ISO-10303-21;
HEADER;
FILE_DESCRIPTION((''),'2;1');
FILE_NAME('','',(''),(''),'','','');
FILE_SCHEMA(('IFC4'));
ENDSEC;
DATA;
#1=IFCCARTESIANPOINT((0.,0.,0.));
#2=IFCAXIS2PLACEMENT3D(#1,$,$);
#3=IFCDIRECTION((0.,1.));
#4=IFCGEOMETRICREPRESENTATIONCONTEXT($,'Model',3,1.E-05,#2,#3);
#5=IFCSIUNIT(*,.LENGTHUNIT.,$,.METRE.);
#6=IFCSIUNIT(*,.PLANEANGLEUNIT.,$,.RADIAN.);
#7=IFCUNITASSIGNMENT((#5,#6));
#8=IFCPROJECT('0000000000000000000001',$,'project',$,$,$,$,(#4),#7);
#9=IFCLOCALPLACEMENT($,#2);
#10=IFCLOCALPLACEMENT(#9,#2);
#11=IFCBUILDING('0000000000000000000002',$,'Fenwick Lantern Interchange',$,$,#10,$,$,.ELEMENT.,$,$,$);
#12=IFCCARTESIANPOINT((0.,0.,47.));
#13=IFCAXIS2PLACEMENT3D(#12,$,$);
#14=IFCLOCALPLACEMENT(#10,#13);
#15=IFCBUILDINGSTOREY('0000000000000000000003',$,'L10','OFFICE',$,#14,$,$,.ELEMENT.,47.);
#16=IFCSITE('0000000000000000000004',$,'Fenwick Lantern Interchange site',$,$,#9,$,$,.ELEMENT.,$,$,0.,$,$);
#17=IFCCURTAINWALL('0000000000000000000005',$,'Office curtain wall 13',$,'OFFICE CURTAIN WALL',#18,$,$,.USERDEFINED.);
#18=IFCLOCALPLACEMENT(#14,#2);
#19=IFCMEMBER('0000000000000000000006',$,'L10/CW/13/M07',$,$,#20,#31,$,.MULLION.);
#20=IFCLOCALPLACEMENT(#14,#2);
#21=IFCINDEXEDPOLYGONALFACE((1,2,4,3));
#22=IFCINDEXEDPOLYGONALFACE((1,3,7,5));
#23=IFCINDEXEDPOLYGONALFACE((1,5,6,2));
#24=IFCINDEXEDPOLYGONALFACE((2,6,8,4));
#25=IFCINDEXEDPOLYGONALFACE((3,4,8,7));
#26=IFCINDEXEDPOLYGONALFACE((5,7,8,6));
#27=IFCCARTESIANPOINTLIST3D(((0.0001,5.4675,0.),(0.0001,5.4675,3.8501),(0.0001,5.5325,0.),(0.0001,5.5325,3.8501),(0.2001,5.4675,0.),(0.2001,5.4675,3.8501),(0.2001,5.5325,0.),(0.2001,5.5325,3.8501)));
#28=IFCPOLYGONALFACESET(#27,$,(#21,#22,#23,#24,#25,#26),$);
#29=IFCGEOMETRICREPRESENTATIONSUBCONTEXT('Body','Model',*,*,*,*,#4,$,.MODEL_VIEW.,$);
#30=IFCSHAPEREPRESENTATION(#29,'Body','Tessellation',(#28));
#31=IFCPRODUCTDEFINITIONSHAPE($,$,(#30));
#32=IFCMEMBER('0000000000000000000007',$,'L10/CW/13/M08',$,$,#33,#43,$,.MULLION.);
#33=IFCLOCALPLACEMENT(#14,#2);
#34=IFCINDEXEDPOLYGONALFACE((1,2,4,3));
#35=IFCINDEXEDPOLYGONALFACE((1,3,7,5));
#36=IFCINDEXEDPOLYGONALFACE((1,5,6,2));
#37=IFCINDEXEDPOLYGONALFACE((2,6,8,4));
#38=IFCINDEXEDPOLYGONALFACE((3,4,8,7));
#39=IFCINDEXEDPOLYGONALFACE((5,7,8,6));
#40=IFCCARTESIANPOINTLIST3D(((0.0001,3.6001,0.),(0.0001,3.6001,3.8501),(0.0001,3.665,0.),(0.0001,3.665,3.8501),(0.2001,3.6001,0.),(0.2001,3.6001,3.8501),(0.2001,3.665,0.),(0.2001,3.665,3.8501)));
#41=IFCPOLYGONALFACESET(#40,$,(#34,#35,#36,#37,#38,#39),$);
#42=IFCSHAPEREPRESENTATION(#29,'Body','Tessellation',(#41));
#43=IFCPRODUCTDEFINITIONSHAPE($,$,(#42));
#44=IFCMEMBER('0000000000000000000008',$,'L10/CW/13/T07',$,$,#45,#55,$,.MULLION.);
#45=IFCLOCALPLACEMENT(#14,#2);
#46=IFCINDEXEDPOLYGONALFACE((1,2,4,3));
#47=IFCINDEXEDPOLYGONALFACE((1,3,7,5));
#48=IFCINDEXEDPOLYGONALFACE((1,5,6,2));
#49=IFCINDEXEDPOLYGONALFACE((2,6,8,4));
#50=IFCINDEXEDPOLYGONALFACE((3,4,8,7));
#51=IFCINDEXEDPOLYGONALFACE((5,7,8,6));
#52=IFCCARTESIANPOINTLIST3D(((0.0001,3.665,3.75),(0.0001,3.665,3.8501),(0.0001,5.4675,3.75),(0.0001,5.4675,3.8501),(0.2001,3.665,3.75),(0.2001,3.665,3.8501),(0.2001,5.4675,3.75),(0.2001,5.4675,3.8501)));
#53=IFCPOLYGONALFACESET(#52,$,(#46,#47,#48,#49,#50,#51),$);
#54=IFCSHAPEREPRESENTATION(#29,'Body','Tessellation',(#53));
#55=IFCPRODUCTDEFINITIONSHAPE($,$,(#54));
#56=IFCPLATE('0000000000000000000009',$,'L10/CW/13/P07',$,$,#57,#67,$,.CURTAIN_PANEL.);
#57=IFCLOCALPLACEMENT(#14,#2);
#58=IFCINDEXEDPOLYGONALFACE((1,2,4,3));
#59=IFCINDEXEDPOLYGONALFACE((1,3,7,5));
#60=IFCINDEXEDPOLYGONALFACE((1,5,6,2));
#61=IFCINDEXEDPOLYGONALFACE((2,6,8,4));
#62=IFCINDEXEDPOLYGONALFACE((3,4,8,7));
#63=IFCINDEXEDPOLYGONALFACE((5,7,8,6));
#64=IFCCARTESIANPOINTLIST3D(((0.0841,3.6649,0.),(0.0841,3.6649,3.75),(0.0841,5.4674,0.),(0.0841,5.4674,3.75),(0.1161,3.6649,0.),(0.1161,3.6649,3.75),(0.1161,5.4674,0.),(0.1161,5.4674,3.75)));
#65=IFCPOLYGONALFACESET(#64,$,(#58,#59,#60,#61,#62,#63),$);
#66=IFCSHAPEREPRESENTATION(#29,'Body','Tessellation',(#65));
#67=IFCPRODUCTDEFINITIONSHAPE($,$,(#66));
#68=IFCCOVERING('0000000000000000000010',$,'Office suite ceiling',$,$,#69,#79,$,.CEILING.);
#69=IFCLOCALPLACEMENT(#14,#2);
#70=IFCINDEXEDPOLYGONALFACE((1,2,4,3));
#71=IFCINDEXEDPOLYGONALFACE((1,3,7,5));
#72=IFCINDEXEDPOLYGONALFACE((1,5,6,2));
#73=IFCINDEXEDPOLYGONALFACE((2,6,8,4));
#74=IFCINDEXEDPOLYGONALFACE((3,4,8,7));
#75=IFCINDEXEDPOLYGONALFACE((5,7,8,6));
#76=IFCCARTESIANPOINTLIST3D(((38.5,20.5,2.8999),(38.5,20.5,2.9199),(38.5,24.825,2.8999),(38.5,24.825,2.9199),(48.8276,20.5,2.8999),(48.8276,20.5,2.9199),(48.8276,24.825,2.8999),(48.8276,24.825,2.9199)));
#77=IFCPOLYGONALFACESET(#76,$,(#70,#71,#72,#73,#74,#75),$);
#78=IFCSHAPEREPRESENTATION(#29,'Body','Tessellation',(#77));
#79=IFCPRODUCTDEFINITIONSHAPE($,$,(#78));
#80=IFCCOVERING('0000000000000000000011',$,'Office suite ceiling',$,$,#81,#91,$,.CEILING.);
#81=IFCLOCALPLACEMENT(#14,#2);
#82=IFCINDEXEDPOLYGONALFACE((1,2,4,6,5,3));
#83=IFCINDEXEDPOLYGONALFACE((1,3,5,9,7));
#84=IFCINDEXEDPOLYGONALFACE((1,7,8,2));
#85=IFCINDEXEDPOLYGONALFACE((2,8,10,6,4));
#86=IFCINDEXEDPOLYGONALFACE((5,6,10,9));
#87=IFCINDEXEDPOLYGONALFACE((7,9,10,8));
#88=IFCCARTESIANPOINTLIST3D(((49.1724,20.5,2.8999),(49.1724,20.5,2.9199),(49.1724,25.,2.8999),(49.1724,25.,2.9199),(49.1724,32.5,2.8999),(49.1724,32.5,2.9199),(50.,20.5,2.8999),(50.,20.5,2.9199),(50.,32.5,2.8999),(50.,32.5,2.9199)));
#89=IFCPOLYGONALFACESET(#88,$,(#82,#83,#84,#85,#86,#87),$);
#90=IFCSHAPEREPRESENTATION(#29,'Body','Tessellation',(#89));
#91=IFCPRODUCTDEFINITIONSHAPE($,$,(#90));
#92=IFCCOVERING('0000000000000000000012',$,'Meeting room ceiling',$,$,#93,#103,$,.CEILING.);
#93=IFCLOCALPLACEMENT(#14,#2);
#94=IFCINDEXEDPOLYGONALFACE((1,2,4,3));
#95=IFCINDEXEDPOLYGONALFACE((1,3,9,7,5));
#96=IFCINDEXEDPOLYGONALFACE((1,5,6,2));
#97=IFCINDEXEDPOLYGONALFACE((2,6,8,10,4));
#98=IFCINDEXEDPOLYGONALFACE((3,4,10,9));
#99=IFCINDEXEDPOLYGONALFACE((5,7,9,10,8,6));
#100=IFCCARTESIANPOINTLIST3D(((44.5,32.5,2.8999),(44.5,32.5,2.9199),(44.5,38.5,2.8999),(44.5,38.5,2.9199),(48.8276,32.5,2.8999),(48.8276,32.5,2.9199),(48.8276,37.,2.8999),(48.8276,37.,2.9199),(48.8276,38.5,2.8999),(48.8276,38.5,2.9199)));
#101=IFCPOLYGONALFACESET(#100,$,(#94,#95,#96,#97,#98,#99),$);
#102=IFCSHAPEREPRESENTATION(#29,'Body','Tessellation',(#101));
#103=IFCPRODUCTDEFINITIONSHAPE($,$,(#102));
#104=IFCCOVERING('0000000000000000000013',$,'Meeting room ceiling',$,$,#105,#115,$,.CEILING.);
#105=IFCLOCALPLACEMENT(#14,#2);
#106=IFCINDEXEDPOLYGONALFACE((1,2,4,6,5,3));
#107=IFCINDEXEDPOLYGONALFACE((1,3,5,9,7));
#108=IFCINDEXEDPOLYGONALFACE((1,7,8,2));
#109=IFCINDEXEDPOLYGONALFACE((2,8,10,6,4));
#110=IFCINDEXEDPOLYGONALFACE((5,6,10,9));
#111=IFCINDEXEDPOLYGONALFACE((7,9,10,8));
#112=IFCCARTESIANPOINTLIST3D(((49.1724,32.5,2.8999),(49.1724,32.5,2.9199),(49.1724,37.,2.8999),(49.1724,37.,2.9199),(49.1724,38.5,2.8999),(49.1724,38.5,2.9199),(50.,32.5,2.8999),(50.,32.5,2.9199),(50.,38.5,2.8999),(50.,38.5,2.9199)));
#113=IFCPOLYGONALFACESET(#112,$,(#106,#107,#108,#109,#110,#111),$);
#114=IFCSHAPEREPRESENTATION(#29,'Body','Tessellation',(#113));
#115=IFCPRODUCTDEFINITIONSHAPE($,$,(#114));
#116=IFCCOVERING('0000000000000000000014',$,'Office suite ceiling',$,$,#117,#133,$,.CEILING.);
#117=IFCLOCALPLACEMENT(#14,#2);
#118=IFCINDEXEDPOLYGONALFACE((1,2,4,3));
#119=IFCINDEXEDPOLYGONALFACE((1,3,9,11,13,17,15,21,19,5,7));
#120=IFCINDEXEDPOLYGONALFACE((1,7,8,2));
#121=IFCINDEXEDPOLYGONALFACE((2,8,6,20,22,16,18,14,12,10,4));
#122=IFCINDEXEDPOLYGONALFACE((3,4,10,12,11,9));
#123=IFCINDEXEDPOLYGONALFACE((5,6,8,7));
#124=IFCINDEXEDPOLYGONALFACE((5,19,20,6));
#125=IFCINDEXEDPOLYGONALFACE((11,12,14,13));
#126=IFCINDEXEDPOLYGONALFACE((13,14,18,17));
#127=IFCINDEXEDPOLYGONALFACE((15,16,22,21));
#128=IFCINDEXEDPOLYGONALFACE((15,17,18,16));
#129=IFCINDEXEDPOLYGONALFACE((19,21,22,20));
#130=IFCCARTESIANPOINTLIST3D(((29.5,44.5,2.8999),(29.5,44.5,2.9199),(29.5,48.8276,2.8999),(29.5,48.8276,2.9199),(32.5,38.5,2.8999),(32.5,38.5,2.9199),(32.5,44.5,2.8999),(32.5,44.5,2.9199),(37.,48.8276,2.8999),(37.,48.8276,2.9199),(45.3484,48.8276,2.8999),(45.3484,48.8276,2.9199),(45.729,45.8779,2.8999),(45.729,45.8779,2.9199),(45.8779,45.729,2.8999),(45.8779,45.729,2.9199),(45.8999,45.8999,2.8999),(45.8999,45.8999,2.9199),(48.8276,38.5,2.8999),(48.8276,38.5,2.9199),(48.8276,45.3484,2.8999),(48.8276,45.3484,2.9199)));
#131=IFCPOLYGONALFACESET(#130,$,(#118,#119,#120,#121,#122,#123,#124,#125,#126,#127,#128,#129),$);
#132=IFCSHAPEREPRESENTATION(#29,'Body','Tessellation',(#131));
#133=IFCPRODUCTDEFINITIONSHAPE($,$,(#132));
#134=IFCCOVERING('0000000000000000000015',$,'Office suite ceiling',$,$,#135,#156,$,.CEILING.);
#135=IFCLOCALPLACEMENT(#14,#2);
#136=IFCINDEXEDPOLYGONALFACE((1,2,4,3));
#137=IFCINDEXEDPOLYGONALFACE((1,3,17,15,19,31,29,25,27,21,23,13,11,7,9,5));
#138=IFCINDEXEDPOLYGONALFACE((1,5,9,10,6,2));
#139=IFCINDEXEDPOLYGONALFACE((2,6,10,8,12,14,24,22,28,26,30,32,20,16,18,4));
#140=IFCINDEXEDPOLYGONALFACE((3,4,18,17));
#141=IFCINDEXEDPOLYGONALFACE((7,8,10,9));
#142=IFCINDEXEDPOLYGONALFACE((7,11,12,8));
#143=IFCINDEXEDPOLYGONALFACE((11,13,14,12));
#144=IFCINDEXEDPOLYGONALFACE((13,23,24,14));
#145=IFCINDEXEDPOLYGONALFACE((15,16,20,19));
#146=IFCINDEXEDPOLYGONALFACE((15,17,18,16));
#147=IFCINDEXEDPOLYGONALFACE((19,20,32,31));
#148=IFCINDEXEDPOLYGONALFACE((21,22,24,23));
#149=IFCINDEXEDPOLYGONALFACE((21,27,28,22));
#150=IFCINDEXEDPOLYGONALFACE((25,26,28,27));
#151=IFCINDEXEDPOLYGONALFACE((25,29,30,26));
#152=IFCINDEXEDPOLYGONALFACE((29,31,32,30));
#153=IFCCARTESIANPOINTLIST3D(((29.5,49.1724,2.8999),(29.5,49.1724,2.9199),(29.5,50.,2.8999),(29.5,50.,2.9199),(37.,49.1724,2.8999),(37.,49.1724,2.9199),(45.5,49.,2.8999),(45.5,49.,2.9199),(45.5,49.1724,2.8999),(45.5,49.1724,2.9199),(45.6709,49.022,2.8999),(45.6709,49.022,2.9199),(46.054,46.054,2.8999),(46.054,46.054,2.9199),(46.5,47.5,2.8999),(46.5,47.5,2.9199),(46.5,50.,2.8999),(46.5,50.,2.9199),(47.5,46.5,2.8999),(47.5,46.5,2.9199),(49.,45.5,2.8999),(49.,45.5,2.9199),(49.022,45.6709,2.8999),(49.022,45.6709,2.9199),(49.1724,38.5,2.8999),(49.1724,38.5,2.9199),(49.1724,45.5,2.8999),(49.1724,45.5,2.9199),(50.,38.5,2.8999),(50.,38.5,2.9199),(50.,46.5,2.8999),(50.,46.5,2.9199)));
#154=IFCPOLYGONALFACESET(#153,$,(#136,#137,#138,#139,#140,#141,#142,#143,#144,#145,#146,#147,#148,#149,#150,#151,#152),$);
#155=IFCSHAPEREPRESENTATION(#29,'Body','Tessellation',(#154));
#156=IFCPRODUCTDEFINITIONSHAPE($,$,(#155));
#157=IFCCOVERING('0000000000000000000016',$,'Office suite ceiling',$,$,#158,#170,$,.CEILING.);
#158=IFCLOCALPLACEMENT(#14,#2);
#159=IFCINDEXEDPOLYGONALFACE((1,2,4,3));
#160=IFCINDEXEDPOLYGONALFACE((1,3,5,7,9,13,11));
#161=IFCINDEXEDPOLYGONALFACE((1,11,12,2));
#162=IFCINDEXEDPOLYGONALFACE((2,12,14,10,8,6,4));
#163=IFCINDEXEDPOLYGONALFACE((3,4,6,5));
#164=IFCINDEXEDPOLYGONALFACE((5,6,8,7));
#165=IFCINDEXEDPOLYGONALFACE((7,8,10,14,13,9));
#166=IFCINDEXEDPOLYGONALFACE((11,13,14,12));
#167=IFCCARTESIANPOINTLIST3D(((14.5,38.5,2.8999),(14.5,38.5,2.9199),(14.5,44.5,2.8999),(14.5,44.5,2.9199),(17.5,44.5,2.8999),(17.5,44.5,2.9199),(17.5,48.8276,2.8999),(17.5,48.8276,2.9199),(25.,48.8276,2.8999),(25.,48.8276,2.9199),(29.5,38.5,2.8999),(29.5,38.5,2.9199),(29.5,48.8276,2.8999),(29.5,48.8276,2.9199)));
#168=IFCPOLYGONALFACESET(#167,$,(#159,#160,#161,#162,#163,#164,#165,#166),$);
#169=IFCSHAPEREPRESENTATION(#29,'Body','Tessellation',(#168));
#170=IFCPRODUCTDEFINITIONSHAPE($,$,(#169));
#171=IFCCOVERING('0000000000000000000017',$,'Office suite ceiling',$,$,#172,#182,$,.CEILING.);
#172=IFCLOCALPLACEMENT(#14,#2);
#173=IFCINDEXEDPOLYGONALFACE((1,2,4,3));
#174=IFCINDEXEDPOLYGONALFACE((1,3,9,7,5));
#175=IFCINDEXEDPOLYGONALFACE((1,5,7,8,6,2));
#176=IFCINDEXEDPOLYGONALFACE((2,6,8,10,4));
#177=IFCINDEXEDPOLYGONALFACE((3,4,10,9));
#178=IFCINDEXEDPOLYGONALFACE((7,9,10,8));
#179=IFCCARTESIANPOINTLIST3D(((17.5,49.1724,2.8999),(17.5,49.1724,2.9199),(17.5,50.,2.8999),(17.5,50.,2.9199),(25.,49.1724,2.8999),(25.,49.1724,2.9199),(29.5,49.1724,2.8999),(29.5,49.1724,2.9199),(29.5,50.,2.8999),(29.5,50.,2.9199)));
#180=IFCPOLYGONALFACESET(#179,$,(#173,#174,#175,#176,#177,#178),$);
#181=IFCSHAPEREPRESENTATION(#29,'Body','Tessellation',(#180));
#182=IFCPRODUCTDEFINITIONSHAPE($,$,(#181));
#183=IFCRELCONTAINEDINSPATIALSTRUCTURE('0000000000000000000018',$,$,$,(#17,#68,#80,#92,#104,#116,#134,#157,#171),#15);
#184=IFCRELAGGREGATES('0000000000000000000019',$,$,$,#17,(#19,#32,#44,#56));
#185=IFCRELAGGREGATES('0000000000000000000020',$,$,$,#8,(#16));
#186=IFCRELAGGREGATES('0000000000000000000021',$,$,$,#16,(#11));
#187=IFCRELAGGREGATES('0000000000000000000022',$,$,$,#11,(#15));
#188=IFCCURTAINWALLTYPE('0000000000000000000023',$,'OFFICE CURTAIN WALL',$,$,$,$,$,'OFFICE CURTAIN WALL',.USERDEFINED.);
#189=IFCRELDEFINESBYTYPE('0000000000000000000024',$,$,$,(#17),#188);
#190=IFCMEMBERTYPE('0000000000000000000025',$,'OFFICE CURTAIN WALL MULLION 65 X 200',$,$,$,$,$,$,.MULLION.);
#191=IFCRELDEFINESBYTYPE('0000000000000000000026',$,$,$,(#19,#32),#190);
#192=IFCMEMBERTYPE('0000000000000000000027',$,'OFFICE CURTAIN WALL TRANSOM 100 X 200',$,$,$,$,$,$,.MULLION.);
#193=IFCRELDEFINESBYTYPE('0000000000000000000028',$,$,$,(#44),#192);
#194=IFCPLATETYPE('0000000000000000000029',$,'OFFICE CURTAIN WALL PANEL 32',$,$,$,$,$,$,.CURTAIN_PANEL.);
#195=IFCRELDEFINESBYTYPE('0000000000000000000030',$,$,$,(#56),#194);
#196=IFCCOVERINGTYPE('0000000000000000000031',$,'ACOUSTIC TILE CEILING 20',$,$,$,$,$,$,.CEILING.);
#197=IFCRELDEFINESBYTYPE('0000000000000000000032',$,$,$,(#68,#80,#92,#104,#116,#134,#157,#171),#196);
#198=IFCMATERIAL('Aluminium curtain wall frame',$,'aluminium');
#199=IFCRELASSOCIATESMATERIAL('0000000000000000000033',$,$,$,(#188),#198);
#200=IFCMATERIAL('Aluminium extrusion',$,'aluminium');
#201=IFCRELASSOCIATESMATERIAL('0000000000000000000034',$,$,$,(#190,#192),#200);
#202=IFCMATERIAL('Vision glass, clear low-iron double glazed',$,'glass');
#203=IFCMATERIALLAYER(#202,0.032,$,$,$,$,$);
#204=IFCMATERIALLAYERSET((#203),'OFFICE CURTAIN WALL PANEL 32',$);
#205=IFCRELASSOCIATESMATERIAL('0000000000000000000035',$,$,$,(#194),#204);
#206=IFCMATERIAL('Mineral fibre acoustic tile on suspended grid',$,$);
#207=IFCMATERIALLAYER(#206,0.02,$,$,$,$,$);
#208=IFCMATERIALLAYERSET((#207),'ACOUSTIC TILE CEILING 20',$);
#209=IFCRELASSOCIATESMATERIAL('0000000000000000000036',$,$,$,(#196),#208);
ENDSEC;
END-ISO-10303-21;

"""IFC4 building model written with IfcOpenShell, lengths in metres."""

from ifc_helpers import new_model, si_unit, direction, frame, origin, origin_2d, place, context, subcontext, project, spatial, polyline, rectangle, outline, extrude, material, layer, layer_set, material_profile, profile_set, type_object, element, aggregate, save


model = new_model("IFC4")

# Units and contexts
model_context = context("Model", 3, precision=1e-05, world=origin(), true_north=direction((0.0, 1.0)))
body_context = subcontext(model_context, "Body", "Model", "MODEL_VIEW")
ifc_project = project(units=[si_unit("LENGTHUNIT", "METRE"), si_unit("PLANEANGLEUNIT", "RADIAN")], contexts=[model_context])

# Site, building, storey
site_placement = place(None, origin())
site = spatial("IfcSite", under=ifc_project, at=site_placement, Name="Fenwick Lantern Interchange site", CompositionType="ELEMENT", RefElevation=0.0)
building_placement = place(site_placement, origin())
building = spatial("IfcBuilding", under=site, at=building_placement, Name="Fenwick Lantern Interchange", CompositionType="ELEMENT")
storey_placement = place(building_placement, frame((0.0, 0.0, 47.0)))
storey = spatial("IfcBuildingStorey", under=building, at=storey_placement, Name="L10", Description="OFFICE", CompositionType="ELEMENT", Elevation=47.0)

# Curtain wall, members, plate
ifc_material_1 = material(Name="Aluminium curtain wall frame", Category="aluminium")
curtain_wall_type = type_object("IfcCurtainWallType", Name="OFFICE CURTAIN WALL", ElementType="OFFICE CURTAIN WALL", PredefinedType="USERDEFINED", material=ifc_material_1)
curtain_wall_placement = place(storey_placement, origin())
curtain_wall = element("IfcCurtainWall", 1, at=curtain_wall_placement, inside=storey, type_object=curtain_wall_type, Name="Office curtain wall 13", ObjectType="OFFICE CURTAIN WALL", PredefinedType="USERDEFINED")
ifc_material_2 = material(Name="Aluminium extrusion", Category="aluminium")
ifc_material_profile_1 = material_profile(ifc_material_2, rectangle(XDim=0.2, YDim=0.0649, at=origin_2d()), Name="OFFICE CURTAIN WALL MULLION 65 X 200")
ifc_profile_set_1 = profile_set([ifc_material_profile_1], Name="Aluminium extrusion")
member_type_1 = type_object("IfcMemberType", Name="OFFICE CURTAIN WALL MULLION 65 X 200", PredefinedType="MULLION", material=ifc_profile_set_1)
member_1_placement = place(storey_placement, frame((0.1001, 5.5, 0.0), z_axis=(0.0, 0.0, 1.0), x_axis=(1.0, 0.0, 0.0)))
member_1 = element("IfcMember", 2, at=member_1_placement, type_object=member_type_1, Name="L10/CW/13/M07", PredefinedType="MULLION", context=body_context, shape_type="SweptSolid", body=[
    extrude(rectangle(XDim=0.2, YDim=0.0649, at=origin_2d()), origin(), (0.0, 0.0, 1.0), 3.8501),
])
member_2_placement = place(storey_placement, frame((0.1001, 3.6326, 0.0), z_axis=(0.0, 0.0, 1.0), x_axis=(1.0, 0.0, 0.0)))
member_2 = element("IfcMember", 3, at=member_2_placement, type_object=member_type_1, Name="L10/CW/13/M08", PredefinedType="MULLION", context=body_context, shape_type="SweptSolid", body=[
    extrude(rectangle(XDim=0.2, YDim=0.0649, at=origin_2d()), origin(), (0.0, 0.0, 1.0), 3.8501),
])
ifc_material_profile_2 = material_profile(ifc_material_2, rectangle(XDim=0.2, YDim=0.1001, at=origin_2d()), Name="OFFICE CURTAIN WALL TRANSOM 100 X 200")
ifc_profile_set_2 = profile_set([ifc_material_profile_2], Name="Aluminium extrusion")
member_type_2 = type_object("IfcMemberType", Name="OFFICE CURTAIN WALL TRANSOM 100 X 200", PredefinedType="MULLION", material=ifc_profile_set_2)
member_3_placement = place(storey_placement, frame((0.1001, 5.4675, 3.8), z_axis=(0.0, -1.0, 0.0), x_axis=(1.0, 0.0, 0.0)))
member_3 = element("IfcMember", 4, at=member_3_placement, type_object=member_type_2, Name="L10/CW/13/T07", PredefinedType="MULLION", context=body_context, shape_type="SweptSolid", body=[
    extrude(rectangle(XDim=0.2, YDim=0.1001, at=origin_2d()), origin(), (0.0, 0.0, 1.0), 1.8025),
])
ifc_material_3 = material(Name="Vision glass, clear low-iron double glazed", Category="glass")
ifc_layer_1 = layer(ifc_material_3, 0.032)
ifc_layer_set_1 = layer_set([ifc_layer_1], Name="OFFICE CURTAIN WALL PANEL 32")
plate_type = type_object("IfcPlateType", Name="OFFICE CURTAIN WALL PANEL 32", PredefinedType="CURTAIN_PANEL", material=ifc_layer_set_1)
plate_placement = place(storey_placement, frame((0.1001, 4.5662, 0.0), z_axis=(0.0, 0.0, 1.0), x_axis=(0.0, -1.0, 0.0)))
plate = element("IfcPlate", 5, at=plate_placement, type_object=plate_type, Name="L10/CW/13/P07", PredefinedType="CURTAIN_PANEL", context=body_context, shape_type="SweptSolid", body=[
    extrude(rectangle(XDim=1.8025, YDim=0.032, at=origin_2d()), origin(), (0.0, 0.0, 1.0), 3.75),
])
aggregate(curtain_wall, [member_1, member_2, member_3, plate])

# Coverings
ifc_material_4 = material(Name="Mineral fibre acoustic tile on suspended grid")
ifc_layer_2 = layer(ifc_material_4, 0.02)
ifc_layer_set_2 = layer_set([ifc_layer_2], Name="ACOUSTIC TILE CEILING 20")
covering_type_1 = type_object("IfcCoveringType", Name="ACOUSTIC TILE CEILING 20", PredefinedType="CEILING", material=ifc_layer_set_2)
covering_1_placement = place(storey_placement, frame((0.0, 0.0, 2.8999)))
element("IfcCovering", 6, at=covering_1_placement, inside=storey, type_object=covering_type_1, Name="Office suite ceiling", PredefinedType="CEILING", context=body_context, shape_type="SweptSolid", body=[
    extrude(outline(polyline([(38.5, 20.5), (48.8276, 20.5), (48.8276, 24.825), (38.5, 24.825), (38.5, 20.5)])), origin(), (0.0, 0.0, 1.0), 0.02),
])
covering_2_placement = place(storey_placement, frame((0.0, 0.0, 2.8999)))
element("IfcCovering", 7, at=covering_2_placement, inside=storey, type_object=covering_type_1, Name="Office suite ceiling", PredefinedType="CEILING", context=body_context, shape_type="SweptSolid", body=[
    extrude(outline(polyline([(49.1724, 20.5), (50.0, 20.5), (50.0, 32.5), (49.1724, 32.5), (49.1724, 25.0), (49.1724, 20.5)])), origin(), (0.0, 0.0, 1.0), 0.02),
])
covering_3_placement = place(storey_placement, frame((0.0, 0.0, 2.8999)))
element("IfcCovering", 8, at=covering_3_placement, inside=storey, type_object=covering_type_1, Name="Meeting room ceiling", PredefinedType="CEILING", context=body_context, shape_type="SweptSolid", body=[
    extrude(outline(polyline([(44.5, 32.5), (48.8276, 32.5), (48.8276, 37.0), (48.8276, 38.5), (44.5, 38.5), (44.5, 32.5)])), origin(), (0.0, 0.0, 1.0), 0.02),
])
covering_4_placement = place(storey_placement, frame((0.0, 0.0, 2.8999)))
element("IfcCovering", 9, at=covering_4_placement, inside=storey, type_object=covering_type_1, Name="Meeting room ceiling", PredefinedType="CEILING", context=body_context, shape_type="SweptSolid", body=[
    extrude(outline(polyline([(50.0, 38.5), (49.1724, 38.5), (49.1724, 37.0), (49.1724, 32.5), (50.0, 32.5), (50.0, 38.5)])), origin(), (0.0, 0.0, 1.0), 0.02),
])
covering_5_placement = place(storey_placement, frame((0.0, 0.0, 2.8999)))
element("IfcCovering", 10, at=covering_5_placement, inside=storey, type_object=covering_type_1, Name="Office suite ceiling", PredefinedType="CEILING", context=body_context, shape_type="SweptSolid", body=[
    extrude(outline(polyline([(29.5, 48.8276), (29.5, 44.5), (32.5, 44.5), (32.5, 38.5), (48.8276, 38.5), (48.8276, 45.3484), (45.8779, 45.729), (45.8999, 45.8999), (45.729, 45.8779), (45.3484, 48.8276), (37.0, 48.8276), (29.5, 48.8276)])), origin(), (0.0, 0.0, 1.0), 0.02),
])
covering_6_placement = place(storey_placement, frame((0.0, 0.0, 2.8999)))
element("IfcCovering", 11, at=covering_6_placement, inside=storey, type_object=covering_type_1, Name="Office suite ceiling", PredefinedType="CEILING", context=body_context, shape_type="SweptSolid", body=[
    extrude(outline(polyline([(29.5, 50.0), (29.5, 49.1724), (37.0, 49.1724), (45.5, 49.1724), (45.5, 49.0), (45.6709, 49.022), (46.054, 46.054), (49.022, 45.6709), (49.0, 45.5), (49.1724, 45.5), (49.1724, 38.5), (50.0, 38.5), (50.0, 46.5), (47.5, 46.5), (46.5, 47.5), (46.5, 50.0), (29.5, 50.0)])), origin(), (0.0, 0.0, 1.0), 0.02),
])
covering_7_placement = place(storey_placement, frame((0.0, 0.0, 2.8999)))
element("IfcCovering", 12, at=covering_7_placement, inside=storey, type_object=covering_type_1, Name="Office suite ceiling", PredefinedType="CEILING", context=body_context, shape_type="SweptSolid", body=[
    extrude(outline(polyline([(29.5, 38.5), (29.5, 48.8276), (25.0, 48.8276), (17.5, 48.8276), (17.5, 44.5), (14.5, 44.5), (14.5, 38.5), (29.5, 38.5)])), origin(), (0.0, 0.0, 1.0), 0.02),
])
covering_8_placement = place(storey_placement, frame((0.0, 0.0, 2.8999)))
element("IfcCovering", 13, at=covering_8_placement, inside=storey, type_object=covering_type_1, Name="Office suite ceiling", PredefinedType="CEILING", context=body_context, shape_type="SweptSolid", body=[
    extrude(outline(polyline([(29.5, 49.1724), (29.5, 50.0), (17.5, 50.0), (17.5, 49.1724), (25.0, 49.1724), (29.5, 49.1724)])), origin(), (0.0, 0.0, 1.0), 0.02),
])

save(model, "model.ifc")
